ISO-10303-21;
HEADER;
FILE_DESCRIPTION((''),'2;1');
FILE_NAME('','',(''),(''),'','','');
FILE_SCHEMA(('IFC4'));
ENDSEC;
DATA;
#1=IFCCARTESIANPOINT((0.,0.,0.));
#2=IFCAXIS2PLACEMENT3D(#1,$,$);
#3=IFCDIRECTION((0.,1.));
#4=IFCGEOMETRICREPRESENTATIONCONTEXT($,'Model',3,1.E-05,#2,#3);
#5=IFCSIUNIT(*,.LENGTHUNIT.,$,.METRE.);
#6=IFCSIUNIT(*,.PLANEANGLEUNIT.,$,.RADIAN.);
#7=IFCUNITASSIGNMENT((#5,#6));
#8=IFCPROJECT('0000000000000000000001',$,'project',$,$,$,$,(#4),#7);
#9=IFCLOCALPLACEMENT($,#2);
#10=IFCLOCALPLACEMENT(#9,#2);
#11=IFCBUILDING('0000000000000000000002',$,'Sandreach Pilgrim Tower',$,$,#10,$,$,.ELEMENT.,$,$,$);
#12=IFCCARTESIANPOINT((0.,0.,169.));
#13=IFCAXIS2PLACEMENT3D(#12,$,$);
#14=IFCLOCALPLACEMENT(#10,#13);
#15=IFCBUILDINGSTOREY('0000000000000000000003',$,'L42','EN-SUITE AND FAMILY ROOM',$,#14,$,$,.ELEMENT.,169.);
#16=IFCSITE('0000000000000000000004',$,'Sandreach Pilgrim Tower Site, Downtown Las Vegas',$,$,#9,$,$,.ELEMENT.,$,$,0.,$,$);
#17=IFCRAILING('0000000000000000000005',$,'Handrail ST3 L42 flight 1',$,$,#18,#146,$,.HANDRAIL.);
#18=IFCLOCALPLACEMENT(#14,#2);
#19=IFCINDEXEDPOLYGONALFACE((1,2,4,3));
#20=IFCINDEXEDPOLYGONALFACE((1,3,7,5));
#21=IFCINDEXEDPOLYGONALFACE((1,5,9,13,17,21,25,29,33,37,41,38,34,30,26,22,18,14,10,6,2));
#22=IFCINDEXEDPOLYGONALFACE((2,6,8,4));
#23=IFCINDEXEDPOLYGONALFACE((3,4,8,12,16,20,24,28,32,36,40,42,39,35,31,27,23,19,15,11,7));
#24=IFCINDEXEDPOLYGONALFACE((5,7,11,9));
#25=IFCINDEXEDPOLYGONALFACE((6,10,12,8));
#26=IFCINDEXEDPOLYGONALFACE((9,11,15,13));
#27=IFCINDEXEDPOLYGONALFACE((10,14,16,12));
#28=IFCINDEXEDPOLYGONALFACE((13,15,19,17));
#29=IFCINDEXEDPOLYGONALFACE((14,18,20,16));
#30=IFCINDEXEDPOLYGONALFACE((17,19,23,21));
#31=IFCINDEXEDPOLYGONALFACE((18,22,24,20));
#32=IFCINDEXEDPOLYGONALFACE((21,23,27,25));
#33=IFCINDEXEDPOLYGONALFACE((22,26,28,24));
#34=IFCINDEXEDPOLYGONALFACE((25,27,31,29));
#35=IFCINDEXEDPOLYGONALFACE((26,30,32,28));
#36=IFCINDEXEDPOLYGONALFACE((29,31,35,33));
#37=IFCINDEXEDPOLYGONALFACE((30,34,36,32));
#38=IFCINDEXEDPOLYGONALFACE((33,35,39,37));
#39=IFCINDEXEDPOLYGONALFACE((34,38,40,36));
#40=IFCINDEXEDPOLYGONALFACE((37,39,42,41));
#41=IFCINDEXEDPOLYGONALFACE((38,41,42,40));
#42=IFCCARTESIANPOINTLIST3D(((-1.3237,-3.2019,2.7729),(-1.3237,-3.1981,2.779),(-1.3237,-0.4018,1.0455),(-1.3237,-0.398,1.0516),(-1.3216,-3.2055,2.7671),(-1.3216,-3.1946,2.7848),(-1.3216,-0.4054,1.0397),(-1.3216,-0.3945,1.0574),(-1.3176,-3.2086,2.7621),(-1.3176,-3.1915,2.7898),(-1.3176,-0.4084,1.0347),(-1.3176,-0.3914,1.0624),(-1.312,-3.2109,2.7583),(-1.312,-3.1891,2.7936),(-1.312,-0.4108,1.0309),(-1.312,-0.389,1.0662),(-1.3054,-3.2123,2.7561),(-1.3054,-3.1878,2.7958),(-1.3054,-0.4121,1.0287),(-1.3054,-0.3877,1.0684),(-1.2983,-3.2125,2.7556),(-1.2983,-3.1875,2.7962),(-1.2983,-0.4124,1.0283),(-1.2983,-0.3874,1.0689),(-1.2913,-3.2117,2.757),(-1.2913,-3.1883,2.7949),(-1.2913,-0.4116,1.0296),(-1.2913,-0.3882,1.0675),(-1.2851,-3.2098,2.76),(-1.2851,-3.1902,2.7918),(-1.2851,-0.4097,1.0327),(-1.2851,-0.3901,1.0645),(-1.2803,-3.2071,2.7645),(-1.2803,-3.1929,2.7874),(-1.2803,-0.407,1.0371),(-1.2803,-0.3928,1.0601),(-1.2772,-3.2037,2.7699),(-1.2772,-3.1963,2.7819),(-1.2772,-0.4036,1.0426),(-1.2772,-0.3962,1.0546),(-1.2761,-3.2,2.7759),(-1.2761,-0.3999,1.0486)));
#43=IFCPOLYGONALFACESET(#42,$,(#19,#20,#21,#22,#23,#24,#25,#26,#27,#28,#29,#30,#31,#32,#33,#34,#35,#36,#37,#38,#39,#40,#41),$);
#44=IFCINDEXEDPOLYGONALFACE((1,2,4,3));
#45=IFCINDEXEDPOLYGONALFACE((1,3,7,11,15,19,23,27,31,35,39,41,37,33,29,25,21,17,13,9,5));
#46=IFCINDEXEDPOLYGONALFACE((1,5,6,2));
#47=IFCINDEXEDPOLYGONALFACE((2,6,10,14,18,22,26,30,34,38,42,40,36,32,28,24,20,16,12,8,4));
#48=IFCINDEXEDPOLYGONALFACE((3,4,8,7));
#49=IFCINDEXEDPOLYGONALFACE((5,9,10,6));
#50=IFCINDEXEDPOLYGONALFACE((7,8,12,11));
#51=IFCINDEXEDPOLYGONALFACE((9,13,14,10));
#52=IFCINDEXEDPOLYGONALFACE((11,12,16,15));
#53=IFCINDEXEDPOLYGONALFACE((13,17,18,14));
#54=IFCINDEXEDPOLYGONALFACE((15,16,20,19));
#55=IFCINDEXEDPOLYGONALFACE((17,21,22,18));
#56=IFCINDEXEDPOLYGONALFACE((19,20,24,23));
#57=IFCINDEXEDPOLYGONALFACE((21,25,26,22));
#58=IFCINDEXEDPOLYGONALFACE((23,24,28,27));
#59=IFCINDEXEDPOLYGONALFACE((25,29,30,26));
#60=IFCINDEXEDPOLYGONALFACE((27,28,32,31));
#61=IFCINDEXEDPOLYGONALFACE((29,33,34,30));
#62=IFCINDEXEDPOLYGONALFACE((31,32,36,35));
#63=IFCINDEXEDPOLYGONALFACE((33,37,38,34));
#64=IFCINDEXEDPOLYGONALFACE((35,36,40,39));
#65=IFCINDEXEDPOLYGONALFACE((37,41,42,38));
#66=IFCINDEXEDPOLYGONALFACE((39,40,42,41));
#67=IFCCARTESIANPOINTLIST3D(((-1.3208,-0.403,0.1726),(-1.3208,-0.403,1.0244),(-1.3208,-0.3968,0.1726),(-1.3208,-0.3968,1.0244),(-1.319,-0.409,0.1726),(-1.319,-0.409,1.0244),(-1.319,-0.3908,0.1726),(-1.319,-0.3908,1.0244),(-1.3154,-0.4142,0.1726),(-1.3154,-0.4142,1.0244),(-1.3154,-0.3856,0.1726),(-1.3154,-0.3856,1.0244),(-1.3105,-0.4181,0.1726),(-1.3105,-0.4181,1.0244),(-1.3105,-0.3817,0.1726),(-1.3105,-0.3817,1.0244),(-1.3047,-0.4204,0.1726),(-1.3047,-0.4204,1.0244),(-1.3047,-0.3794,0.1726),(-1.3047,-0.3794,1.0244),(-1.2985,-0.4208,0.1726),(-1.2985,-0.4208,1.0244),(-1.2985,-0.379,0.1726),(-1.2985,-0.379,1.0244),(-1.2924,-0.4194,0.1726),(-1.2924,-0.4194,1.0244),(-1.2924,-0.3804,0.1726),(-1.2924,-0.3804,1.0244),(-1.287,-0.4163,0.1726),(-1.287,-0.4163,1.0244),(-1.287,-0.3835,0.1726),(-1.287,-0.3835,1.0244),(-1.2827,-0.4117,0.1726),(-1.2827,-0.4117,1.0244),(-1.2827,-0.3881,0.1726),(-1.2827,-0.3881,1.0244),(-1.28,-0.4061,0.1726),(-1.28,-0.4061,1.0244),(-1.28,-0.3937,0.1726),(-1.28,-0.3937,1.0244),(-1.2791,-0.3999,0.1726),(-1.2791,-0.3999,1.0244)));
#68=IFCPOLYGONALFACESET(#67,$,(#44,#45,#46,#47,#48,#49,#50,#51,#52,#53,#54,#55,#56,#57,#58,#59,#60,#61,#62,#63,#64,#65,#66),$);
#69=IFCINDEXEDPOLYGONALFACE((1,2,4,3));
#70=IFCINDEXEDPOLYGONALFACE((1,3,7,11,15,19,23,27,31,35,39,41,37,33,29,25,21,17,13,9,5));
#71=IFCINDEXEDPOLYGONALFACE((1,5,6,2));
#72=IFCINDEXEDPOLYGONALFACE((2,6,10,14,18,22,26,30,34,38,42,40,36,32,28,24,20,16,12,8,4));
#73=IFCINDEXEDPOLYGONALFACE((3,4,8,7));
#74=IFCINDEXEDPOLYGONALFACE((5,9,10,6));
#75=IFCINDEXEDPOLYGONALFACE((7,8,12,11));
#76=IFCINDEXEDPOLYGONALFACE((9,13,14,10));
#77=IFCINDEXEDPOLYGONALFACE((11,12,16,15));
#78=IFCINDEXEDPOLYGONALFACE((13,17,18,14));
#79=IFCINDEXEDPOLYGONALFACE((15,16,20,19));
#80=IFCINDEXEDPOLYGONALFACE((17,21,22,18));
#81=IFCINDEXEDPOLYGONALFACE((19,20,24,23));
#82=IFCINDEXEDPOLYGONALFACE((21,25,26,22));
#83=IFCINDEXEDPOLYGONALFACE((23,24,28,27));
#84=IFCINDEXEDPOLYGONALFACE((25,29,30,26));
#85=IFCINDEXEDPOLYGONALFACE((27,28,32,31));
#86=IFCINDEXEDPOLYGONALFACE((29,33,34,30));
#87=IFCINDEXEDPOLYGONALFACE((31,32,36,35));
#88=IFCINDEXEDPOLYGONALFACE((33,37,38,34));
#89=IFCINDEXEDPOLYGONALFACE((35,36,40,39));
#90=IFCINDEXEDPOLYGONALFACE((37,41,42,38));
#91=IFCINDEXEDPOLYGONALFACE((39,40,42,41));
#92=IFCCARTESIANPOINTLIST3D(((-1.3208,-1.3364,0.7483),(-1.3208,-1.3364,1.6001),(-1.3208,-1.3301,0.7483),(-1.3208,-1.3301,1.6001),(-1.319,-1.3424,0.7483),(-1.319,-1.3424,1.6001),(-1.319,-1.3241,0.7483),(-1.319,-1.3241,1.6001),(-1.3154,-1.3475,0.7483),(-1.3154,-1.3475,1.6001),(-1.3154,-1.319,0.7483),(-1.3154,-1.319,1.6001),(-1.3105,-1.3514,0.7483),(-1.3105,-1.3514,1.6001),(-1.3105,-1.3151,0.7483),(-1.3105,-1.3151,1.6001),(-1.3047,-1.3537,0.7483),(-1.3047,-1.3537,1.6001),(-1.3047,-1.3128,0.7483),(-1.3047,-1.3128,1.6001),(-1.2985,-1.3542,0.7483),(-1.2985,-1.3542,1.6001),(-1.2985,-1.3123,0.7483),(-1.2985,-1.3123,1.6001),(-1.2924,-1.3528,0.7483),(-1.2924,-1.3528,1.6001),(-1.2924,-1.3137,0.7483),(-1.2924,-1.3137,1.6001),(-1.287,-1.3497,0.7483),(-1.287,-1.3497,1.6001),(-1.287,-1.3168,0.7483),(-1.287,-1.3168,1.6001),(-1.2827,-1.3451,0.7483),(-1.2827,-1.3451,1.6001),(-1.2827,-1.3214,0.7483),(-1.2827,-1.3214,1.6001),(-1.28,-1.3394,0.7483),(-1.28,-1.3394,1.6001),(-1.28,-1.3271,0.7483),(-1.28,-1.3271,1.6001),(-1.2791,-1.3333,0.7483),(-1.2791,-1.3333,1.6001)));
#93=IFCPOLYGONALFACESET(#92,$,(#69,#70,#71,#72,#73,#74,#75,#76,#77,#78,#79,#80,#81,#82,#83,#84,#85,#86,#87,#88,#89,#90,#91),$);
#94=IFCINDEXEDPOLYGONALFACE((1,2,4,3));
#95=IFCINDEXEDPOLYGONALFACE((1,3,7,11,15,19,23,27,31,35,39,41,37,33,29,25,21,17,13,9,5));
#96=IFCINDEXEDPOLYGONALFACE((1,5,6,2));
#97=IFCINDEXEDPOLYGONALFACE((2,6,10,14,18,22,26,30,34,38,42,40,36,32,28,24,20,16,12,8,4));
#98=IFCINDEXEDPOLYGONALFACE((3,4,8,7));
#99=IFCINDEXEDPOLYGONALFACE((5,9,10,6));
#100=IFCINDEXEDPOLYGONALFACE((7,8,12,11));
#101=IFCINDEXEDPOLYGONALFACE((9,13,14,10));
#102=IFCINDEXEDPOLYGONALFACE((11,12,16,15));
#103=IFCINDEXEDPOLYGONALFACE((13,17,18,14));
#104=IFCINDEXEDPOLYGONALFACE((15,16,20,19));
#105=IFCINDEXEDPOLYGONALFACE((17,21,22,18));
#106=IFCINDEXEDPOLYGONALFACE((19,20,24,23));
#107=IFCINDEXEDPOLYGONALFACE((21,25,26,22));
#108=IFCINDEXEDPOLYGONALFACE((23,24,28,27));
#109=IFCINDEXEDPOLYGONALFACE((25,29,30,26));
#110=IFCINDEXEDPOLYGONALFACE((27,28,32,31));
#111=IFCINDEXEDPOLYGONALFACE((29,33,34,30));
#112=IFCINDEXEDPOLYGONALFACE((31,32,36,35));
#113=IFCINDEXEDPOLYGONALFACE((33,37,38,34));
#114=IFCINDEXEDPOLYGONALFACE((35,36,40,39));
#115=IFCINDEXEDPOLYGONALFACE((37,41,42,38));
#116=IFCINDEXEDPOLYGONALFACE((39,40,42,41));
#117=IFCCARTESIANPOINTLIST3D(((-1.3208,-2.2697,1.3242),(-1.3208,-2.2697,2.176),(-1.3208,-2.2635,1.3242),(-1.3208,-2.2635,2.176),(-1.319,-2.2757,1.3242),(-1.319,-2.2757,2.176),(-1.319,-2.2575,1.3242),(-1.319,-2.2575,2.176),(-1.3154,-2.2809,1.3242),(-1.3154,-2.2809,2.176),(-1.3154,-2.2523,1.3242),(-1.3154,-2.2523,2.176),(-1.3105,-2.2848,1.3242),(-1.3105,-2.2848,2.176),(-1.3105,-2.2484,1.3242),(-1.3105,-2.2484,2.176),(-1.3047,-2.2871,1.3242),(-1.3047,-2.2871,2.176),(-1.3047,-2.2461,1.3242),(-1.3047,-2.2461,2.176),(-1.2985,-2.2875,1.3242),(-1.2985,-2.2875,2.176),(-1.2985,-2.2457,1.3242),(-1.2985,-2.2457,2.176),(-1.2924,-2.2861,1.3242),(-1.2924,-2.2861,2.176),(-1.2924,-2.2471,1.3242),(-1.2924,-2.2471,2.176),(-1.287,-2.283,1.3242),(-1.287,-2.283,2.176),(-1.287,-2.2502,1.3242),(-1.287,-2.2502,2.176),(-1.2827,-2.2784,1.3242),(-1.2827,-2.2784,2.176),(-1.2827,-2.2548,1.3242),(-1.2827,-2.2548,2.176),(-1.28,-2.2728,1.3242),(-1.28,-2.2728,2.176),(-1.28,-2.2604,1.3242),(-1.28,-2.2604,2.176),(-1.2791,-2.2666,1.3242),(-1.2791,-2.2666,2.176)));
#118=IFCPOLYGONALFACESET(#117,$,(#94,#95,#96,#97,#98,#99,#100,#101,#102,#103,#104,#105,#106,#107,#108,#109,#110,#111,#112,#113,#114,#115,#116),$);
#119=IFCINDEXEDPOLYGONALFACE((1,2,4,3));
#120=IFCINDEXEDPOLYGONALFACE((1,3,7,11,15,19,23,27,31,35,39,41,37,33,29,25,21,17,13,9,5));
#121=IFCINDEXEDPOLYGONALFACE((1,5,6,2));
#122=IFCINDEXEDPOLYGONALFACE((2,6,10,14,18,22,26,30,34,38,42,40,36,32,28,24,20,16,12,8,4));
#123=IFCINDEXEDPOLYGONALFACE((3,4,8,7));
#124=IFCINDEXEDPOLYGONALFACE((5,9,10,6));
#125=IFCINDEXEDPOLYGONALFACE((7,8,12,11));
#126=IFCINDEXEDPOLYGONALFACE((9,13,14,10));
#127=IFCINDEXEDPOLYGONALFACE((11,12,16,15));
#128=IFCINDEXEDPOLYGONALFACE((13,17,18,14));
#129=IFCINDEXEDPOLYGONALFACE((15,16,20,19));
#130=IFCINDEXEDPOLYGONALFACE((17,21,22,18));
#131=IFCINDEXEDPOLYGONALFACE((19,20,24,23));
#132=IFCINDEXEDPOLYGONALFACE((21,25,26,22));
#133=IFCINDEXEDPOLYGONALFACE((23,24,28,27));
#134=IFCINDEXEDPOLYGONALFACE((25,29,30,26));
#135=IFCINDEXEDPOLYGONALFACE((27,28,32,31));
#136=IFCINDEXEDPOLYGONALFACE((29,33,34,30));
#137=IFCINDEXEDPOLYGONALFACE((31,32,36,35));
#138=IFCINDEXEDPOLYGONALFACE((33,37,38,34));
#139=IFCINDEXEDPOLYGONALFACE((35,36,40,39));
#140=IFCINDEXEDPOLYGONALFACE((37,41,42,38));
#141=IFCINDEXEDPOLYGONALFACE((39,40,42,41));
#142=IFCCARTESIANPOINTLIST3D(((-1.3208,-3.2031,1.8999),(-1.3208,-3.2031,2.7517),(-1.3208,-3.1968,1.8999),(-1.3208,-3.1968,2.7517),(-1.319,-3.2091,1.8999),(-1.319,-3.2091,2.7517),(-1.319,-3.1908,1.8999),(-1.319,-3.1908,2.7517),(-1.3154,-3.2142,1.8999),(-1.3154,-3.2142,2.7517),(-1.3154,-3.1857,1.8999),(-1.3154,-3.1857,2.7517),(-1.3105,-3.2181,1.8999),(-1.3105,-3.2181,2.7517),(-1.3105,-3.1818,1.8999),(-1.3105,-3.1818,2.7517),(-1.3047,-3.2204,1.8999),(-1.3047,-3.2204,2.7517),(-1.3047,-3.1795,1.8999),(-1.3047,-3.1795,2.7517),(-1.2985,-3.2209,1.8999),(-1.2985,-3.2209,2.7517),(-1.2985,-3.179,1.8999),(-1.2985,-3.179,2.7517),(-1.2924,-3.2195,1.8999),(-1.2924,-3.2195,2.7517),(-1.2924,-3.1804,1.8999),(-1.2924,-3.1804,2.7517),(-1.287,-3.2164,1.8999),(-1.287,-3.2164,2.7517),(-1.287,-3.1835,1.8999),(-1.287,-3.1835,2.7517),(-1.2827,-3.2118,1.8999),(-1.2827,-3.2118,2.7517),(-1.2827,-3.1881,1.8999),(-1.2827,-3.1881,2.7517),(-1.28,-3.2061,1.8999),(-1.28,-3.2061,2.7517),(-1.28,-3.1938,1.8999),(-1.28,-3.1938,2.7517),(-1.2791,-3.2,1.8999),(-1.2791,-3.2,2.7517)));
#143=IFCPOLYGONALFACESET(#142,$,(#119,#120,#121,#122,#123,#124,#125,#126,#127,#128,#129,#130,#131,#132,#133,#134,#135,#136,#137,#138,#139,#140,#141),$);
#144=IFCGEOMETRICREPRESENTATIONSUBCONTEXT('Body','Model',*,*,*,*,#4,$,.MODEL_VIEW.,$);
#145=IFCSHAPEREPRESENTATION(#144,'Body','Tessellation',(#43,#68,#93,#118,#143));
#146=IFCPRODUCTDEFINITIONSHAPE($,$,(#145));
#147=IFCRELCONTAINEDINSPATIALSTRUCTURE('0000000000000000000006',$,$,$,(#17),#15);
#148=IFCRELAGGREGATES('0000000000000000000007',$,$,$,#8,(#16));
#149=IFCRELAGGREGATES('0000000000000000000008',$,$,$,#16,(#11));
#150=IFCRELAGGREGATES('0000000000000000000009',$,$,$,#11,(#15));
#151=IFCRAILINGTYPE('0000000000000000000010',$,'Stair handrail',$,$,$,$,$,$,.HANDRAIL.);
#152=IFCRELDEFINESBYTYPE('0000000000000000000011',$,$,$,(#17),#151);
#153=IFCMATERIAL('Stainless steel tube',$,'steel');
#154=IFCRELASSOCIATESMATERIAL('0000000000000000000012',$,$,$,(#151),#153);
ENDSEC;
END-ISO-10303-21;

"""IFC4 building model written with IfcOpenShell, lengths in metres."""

from ifc_helpers import new_model, si_unit, direction, frame, origin, origin_2d, place, context, subcontext, project, spatial, circle, extrude, material, type_object, element, save


model = new_model("IFC4")

# Units and contexts
model_context = context("Model", 3, precision=1e-05, world=origin(), true_north=direction((0.0, 1.0)))
body_context = subcontext(model_context, "Body", "Model", "MODEL_VIEW")
ifc_project = project(units=[si_unit("LENGTHUNIT", "METRE"), si_unit("PLANEANGLEUNIT", "RADIAN")], contexts=[model_context])

# Site, building, storey
site_placement = place(None, origin())
site = spatial("IfcSite", under=ifc_project, at=site_placement, Name="Sandreach Pilgrim Tower Site, Downtown Las Vegas", CompositionType="ELEMENT", RefElevation=0.0)
building_placement = place(site_placement, origin())
building = spatial("IfcBuilding", under=site, at=building_placement, Name="Sandreach Pilgrim Tower", CompositionType="ELEMENT")
storey_placement = place(building_placement, frame((0.0, 0.0, 169.0)))
storey = spatial("IfcBuildingStorey", under=building, at=storey_placement, Name="L42", Description="EN-SUITE AND FAMILY ROOM", CompositionType="ELEMENT", Elevation=169.0)

# Railing
ifc_material_1 = material(Name="Stainless steel tube", Category="steel")
railing_type = type_object("IfcRailingType", Name="Stair handrail", PredefinedType="HANDRAIL", material=ifc_material_1)
for number, where, name in (
    (1, (-1.3, -0.3999, 0.1726), "Handrail ST3 L42 flight 1"),
):
    element("IfcRailing", number, at=place(storey_placement, frame(where)), inside=storey, type_object=railing_type, Name=name, PredefinedType="HANDRAIL", context=body_context, shape_type="SweptSolid", body=[
        extrude(circle(Radius=0.0239, at=origin_2d()), frame((0.0, 0.0, 0.876), z_axis=(0.0, -0.85109, 0.52502), x_axis=(1.0, 0.0, 0.0)), (0.0, 0.0, 1.0), 3.29),
        extrude(circle(Radius=0.021, at=origin_2d()), origin(), (0.0, 0.0, 1.0), 0.8518),
        extrude(circle(Radius=0.021, at=origin_2d()), frame((0.0, -0.9333, 0.5757)), (0.0, 0.0, 1.0), 0.8518),
        extrude(circle(Radius=0.021, at=origin_2d()), frame((0.0, -1.8667, 1.1516)), (0.0, 0.0, 1.0), 0.8518),
        extrude(circle(Radius=0.021, at=origin_2d()), frame((0.0, -2.8, 1.7273)), (0.0, 0.0, 1.0), 0.8518),
    ])

save(model, "model.ifc")
